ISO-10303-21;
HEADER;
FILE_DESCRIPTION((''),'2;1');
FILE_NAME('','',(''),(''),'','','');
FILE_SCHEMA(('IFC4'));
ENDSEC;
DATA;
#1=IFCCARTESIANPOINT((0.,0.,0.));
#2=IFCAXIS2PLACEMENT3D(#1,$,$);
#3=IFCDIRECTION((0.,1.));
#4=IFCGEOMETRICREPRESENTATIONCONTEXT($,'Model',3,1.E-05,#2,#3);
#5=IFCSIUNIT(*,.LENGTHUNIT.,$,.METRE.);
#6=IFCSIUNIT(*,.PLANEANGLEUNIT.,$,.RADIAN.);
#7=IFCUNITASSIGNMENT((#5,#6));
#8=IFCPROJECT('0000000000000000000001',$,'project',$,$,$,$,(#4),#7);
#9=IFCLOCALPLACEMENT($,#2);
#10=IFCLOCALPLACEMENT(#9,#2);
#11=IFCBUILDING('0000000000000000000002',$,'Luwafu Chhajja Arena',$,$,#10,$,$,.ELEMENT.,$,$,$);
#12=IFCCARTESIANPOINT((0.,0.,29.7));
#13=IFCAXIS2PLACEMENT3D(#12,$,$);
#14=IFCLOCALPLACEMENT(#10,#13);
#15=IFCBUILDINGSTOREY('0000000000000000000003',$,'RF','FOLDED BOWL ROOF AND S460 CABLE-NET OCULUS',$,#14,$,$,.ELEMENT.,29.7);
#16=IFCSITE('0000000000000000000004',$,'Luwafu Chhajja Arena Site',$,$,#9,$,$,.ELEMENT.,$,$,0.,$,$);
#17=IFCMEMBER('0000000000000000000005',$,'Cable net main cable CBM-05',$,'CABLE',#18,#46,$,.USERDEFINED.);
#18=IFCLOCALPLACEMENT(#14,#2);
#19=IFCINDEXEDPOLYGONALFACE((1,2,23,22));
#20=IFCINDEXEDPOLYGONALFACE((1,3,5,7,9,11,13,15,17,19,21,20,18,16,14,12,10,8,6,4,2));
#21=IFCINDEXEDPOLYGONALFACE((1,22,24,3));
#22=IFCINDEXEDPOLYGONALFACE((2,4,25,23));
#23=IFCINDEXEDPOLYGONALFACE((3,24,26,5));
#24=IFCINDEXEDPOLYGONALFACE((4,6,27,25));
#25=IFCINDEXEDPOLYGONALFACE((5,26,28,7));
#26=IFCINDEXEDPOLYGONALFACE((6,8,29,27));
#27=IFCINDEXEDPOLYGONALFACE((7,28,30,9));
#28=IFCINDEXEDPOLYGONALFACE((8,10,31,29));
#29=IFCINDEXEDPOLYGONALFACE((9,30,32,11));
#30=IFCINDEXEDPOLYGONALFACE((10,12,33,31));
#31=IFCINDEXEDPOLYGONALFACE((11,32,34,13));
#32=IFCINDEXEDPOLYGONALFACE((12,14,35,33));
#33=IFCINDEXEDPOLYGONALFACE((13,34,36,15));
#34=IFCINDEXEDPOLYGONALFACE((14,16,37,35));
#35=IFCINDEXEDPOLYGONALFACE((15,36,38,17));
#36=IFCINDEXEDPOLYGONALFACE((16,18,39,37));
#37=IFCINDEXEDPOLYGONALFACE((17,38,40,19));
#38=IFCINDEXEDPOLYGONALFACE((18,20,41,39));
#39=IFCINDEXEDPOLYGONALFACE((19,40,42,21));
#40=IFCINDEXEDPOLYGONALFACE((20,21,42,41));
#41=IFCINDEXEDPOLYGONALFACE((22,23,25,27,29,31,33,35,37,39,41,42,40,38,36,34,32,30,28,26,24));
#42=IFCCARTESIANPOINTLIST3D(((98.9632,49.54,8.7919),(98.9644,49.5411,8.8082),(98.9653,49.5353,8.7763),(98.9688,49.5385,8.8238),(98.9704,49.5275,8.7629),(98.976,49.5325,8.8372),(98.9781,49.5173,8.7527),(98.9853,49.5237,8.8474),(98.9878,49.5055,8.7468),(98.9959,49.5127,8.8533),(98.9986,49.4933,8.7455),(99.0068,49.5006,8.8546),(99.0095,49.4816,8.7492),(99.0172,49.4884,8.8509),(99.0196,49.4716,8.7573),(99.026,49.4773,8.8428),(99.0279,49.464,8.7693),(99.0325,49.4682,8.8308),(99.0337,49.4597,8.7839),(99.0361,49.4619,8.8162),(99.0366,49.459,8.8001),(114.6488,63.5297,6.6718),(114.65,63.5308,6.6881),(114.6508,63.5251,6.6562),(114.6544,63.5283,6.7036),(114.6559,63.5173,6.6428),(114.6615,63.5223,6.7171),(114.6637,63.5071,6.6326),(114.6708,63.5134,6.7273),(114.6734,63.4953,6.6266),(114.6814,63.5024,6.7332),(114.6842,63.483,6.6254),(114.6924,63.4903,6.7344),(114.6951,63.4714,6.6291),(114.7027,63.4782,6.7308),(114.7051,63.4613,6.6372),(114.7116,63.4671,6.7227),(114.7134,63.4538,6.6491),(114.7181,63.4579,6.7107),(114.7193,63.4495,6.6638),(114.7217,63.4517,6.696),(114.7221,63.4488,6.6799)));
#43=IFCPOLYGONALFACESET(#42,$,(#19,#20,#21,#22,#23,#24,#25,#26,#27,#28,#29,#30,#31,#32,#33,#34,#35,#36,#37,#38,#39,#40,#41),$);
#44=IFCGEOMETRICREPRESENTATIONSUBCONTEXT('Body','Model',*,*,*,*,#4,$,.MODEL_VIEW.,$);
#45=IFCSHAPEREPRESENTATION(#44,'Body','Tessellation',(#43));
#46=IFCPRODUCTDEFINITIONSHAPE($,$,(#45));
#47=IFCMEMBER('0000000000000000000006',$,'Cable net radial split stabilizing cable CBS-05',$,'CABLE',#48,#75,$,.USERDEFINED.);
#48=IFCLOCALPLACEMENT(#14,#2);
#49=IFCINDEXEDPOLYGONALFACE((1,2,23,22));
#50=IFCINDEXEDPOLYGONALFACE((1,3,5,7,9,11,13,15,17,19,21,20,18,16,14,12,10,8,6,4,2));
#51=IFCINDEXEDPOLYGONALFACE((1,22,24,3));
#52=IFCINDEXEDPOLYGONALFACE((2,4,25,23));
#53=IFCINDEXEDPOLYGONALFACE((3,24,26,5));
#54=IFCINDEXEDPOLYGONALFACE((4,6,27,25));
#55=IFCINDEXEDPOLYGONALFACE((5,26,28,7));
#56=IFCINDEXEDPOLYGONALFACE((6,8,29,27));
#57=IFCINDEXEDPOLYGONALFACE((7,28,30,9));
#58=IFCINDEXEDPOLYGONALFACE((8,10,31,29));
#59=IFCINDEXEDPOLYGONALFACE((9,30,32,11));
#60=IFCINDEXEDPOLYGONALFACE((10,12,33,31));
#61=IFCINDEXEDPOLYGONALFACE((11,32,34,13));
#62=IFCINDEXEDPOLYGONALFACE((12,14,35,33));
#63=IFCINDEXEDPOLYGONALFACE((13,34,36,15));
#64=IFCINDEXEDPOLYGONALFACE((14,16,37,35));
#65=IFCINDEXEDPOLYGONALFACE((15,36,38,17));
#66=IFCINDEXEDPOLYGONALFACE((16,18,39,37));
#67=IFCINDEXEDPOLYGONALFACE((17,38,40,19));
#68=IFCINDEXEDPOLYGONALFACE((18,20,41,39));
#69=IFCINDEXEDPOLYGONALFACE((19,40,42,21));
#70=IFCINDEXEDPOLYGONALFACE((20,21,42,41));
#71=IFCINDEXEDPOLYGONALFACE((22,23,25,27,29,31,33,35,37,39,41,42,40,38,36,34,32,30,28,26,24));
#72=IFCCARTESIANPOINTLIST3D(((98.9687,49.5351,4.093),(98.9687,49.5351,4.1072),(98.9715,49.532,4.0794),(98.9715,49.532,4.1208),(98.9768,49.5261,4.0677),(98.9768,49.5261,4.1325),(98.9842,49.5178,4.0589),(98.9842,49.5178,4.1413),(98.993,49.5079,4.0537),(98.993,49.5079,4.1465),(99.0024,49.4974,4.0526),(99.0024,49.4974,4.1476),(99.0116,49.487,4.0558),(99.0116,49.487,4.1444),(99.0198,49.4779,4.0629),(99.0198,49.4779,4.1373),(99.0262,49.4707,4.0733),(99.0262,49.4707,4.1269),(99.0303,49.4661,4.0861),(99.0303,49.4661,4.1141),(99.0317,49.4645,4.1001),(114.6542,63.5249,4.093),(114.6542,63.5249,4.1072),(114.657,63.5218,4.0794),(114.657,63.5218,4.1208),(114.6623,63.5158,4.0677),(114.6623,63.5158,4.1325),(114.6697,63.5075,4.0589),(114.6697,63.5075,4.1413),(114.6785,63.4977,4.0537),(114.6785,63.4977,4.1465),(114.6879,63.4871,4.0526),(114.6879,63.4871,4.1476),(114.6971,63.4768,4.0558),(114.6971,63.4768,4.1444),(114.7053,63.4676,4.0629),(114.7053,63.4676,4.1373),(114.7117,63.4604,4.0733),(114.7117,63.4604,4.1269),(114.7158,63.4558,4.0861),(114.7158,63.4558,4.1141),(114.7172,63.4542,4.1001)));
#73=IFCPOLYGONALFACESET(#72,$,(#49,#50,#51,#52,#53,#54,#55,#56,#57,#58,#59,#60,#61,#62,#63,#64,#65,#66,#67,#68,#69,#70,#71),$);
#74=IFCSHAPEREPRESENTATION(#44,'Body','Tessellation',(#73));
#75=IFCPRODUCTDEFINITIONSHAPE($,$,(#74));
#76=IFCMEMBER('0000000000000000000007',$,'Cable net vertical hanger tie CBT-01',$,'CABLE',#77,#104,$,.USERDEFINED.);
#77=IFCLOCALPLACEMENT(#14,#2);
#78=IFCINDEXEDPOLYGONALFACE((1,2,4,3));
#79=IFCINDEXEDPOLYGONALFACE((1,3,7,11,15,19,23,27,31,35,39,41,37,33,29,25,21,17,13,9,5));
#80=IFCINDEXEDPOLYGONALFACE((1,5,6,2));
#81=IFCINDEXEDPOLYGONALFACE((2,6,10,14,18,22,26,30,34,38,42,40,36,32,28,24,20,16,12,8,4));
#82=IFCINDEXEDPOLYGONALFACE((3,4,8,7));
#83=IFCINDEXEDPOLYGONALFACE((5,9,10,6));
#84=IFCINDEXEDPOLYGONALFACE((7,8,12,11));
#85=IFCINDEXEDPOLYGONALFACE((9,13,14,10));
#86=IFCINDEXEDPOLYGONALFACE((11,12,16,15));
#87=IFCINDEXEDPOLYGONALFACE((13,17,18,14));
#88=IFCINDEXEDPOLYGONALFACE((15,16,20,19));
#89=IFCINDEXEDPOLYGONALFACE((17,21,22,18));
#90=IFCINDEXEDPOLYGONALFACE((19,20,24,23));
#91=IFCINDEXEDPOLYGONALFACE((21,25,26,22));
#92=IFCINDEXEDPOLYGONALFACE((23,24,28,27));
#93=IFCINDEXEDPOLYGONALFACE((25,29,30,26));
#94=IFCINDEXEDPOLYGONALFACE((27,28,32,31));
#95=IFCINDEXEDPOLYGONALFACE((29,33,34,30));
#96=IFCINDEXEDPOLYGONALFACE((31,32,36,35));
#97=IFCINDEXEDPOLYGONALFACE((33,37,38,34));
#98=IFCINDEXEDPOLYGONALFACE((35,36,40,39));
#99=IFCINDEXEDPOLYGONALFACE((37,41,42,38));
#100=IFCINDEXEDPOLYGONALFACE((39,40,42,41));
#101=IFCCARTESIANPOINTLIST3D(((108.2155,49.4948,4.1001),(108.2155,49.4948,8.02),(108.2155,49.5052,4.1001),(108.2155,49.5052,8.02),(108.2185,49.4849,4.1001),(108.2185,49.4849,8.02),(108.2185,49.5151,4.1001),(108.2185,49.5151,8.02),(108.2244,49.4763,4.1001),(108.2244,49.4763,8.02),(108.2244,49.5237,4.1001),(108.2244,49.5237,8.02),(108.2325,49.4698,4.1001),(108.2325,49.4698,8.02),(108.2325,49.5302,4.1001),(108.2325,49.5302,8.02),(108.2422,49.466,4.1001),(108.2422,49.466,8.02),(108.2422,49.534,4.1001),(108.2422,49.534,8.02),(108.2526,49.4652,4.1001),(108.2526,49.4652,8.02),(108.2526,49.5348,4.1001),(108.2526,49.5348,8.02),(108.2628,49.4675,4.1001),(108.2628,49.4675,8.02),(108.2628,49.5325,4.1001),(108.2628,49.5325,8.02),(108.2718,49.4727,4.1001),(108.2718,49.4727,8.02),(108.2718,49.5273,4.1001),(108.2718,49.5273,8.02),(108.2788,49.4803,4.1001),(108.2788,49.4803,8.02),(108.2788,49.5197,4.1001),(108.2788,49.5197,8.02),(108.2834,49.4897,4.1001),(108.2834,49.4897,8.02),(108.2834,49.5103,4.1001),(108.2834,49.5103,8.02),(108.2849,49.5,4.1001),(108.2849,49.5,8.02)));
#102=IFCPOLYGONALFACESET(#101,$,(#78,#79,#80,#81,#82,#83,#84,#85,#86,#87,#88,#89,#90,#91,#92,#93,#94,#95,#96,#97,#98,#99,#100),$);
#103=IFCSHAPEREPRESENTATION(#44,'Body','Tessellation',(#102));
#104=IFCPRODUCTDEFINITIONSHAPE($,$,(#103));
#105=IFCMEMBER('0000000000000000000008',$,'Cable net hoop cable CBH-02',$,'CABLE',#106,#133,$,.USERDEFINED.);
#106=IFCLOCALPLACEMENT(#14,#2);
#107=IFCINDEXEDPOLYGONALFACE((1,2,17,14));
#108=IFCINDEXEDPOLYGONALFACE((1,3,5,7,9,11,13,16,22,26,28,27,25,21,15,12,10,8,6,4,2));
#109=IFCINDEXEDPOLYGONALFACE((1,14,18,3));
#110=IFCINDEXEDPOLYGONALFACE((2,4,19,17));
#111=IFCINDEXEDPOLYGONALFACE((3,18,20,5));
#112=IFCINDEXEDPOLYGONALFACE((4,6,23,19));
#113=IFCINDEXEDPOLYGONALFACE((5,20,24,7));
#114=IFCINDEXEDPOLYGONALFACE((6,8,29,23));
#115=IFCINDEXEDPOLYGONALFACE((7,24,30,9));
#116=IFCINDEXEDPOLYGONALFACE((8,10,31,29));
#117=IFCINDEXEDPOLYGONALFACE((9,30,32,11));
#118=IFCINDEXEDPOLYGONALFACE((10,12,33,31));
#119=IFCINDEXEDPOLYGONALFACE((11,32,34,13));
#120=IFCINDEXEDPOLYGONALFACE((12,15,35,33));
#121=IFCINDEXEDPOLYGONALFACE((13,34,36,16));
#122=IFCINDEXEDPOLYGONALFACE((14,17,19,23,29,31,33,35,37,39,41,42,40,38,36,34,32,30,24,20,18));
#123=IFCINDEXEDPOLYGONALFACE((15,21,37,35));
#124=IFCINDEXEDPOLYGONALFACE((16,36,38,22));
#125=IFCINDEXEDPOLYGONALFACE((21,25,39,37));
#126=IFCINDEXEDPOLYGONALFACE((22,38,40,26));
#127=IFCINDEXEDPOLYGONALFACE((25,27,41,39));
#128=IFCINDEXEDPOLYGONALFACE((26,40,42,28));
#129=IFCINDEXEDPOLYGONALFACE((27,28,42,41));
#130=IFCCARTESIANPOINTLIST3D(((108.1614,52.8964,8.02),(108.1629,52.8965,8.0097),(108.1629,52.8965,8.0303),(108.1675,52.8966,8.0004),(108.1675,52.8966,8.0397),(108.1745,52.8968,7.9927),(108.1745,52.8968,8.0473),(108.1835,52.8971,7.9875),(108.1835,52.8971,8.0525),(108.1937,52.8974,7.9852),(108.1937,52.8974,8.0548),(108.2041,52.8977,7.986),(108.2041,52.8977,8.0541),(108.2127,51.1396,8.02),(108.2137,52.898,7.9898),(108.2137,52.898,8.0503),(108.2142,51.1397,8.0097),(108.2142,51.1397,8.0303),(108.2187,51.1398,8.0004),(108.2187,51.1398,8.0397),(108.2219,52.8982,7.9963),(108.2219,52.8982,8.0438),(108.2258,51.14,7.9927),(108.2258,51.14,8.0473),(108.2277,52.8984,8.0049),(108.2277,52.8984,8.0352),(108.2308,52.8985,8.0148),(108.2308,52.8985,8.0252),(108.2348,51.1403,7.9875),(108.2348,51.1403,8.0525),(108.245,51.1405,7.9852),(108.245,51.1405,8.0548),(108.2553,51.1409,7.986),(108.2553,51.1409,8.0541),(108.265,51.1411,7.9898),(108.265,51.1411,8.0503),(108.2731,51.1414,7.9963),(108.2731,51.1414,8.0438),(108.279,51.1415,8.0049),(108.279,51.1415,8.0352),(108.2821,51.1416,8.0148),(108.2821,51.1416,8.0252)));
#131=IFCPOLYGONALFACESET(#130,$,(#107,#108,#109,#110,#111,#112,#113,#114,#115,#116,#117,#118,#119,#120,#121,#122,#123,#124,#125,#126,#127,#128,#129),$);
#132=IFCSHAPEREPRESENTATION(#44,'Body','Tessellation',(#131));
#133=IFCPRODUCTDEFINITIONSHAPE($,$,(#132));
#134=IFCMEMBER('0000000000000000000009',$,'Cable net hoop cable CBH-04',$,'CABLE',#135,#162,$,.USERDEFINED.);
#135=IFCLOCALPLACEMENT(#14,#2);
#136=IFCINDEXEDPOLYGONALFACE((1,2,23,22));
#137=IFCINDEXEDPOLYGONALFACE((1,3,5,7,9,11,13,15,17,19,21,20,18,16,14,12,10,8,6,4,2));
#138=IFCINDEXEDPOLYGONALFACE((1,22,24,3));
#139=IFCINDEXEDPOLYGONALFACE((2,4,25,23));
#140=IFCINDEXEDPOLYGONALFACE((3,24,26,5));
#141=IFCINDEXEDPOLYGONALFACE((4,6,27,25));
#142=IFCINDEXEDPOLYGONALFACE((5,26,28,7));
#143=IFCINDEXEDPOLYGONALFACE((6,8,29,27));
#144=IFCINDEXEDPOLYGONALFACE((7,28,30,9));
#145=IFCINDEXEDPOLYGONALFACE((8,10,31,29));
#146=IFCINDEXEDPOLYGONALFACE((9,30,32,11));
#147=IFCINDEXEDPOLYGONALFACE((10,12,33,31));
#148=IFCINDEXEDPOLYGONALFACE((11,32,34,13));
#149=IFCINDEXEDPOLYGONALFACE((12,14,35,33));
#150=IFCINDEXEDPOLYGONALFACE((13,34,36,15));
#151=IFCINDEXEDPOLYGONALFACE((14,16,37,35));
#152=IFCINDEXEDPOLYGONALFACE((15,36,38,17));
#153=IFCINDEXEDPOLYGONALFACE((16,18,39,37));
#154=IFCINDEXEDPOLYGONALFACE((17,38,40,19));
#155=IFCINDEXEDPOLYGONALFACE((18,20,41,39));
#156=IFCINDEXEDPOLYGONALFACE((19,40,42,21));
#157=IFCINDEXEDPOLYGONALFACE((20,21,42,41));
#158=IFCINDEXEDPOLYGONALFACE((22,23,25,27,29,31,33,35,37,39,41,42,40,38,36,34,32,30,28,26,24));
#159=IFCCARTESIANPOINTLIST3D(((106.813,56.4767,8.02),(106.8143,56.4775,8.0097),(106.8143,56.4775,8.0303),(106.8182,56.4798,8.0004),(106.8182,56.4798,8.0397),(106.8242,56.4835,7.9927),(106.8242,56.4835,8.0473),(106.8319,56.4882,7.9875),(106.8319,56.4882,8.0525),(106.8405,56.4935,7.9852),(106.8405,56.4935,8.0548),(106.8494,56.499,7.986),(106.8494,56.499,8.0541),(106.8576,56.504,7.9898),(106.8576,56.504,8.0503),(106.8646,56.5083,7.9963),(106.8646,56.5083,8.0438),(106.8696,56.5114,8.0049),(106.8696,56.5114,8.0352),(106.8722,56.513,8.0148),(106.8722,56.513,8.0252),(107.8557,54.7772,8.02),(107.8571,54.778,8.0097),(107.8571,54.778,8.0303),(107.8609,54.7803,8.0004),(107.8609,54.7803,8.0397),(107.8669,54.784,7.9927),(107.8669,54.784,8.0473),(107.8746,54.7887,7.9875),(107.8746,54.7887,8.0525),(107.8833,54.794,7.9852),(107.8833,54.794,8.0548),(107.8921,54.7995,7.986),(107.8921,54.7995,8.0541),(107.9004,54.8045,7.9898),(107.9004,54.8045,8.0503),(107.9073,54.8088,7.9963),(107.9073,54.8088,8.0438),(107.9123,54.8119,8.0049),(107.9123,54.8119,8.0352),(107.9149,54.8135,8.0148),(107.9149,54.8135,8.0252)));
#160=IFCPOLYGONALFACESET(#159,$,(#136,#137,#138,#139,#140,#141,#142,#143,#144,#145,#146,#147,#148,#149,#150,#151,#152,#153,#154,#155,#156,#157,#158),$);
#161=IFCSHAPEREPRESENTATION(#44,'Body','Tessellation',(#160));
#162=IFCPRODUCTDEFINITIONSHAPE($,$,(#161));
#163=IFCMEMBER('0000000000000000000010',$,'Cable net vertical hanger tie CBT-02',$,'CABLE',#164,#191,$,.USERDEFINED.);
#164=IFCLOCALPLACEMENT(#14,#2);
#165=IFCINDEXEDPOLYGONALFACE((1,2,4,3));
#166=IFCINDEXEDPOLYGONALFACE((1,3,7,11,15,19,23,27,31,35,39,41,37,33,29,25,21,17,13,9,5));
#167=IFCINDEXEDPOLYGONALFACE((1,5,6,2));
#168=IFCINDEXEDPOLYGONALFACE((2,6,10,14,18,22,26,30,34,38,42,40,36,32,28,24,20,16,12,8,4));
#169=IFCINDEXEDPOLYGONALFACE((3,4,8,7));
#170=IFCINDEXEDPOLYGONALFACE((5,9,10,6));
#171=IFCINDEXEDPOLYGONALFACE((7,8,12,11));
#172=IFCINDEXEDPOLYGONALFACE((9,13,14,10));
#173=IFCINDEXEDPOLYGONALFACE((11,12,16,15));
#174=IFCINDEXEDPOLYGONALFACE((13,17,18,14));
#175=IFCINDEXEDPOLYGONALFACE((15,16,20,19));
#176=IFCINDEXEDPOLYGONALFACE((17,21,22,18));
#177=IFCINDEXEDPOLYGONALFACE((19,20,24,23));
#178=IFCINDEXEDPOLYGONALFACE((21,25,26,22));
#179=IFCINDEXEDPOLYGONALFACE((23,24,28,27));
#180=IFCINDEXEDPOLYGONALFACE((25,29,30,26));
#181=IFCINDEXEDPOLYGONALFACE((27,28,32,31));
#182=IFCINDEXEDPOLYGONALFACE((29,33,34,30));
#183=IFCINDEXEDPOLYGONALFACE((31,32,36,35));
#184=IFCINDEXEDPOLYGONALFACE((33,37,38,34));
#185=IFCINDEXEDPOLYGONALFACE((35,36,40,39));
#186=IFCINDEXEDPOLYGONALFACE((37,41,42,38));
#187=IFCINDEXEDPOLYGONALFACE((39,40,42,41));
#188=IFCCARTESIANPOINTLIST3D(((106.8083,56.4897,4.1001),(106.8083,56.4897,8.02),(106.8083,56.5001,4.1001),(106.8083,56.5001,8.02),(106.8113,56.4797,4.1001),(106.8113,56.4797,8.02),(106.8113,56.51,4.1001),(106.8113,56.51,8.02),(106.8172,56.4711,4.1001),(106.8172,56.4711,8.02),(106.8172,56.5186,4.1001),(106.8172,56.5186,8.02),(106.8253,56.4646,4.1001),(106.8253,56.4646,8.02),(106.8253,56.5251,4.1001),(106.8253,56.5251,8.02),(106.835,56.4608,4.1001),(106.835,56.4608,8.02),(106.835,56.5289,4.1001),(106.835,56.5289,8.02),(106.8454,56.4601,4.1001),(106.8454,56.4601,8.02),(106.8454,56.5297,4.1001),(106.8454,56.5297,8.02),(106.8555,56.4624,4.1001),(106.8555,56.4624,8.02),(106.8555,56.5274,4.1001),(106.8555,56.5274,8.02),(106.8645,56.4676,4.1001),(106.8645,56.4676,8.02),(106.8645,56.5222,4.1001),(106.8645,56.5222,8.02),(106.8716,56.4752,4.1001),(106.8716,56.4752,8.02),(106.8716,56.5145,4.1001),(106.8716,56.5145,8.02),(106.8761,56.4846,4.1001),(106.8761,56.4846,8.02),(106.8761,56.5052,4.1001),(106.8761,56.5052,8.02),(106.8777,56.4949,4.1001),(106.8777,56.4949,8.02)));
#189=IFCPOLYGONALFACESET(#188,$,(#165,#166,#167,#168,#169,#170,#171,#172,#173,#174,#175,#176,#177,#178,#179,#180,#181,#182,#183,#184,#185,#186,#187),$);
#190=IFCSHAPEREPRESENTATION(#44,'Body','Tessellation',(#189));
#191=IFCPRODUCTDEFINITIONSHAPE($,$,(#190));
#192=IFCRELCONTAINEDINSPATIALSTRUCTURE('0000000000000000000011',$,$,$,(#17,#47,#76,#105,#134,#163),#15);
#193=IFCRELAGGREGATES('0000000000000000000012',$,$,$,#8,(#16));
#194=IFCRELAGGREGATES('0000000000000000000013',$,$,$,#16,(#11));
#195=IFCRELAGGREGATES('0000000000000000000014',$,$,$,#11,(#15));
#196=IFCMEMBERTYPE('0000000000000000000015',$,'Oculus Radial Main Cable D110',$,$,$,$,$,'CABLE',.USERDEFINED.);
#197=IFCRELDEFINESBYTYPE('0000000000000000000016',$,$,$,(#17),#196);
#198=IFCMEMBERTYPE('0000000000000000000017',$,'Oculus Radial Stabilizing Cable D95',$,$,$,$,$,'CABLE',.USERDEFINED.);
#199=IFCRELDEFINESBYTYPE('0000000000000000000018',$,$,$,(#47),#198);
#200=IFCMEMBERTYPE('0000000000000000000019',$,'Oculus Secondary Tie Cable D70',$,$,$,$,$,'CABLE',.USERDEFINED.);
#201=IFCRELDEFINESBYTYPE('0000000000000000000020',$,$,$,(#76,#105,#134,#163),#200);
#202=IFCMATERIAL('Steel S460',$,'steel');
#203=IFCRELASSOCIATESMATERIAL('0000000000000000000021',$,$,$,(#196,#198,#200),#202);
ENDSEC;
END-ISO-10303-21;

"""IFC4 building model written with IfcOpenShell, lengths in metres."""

from ifc_helpers import new_model, si_unit, direction, frame, origin, origin_2d, place, context, subcontext, project, spatial, circle, extrude, material, material_profile, profile_set, type_object, element, save


model = new_model("IFC4")

# Units and contexts
model_context = context("Model", 3, precision=1e-05, world=origin(), true_north=direction((0.0, 1.0)))
body_context = subcontext(model_context, "Body", "Model", "MODEL_VIEW")
ifc_project = project(units=[si_unit("LENGTHUNIT", "METRE"), si_unit("PLANEANGLEUNIT", "RADIAN")], contexts=[model_context])

# Site, building, storey
site_placement = place(None, origin())
site = spatial("IfcSite", under=ifc_project, at=site_placement, Name="Luwafu Chhajja Arena Site", CompositionType="ELEMENT", RefElevation=0.0)
building_placement = place(site_placement, origin())
building = spatial("IfcBuilding", under=site, at=building_placement, Name="Luwafu Chhajja Arena", CompositionType="ELEMENT")
storey_placement = place(building_placement, frame((0.0, 0.0, 29.7)))
storey = spatial("IfcBuildingStorey", under=building, at=storey_placement, Name="RF", Description="FOLDED BOWL ROOF AND S460 CABLE-NET OCULUS", CompositionType="ELEMENT", Elevation=29.7)

# Members
ifc_material_1 = material(Name="Steel S460", Category="steel")
ifc_material_profile_1 = material_profile(ifc_material_1, circle(Radius=0.0549, at=origin_2d()), Name="CABLE D110")
ifc_profile_set_1 = profile_set([ifc_material_profile_1], Name="Steel S460")
member_type_1 = type_object("IfcMemberType", Name="Oculus Radial Main Cable D110", ElementType="CABLE", PredefinedType="USERDEFINED", material=ifc_profile_set_1)
member_1_placement = place(storey_placement, frame((114.6855, 63.4897, 6.6799), z_axis=(-0.742529, -0.662252, 0.100363), x_axis=(0.665613, -0.746297, 0.0)))
element("IfcMember", 1, at=member_1_placement, inside=storey, type_object=member_type_1, Name="Cable net main cable CBM-05", ObjectType="CABLE", PredefinedType="USERDEFINED", context=body_context, shape_type="SweptSolid", body=[
    extrude(circle(Radius=0.0549, at=origin_2d()), origin(), (0.0, 0.0, 1.0), 21.1245),
])
ifc_material_profile_2 = material_profile(ifc_material_1, circle(Radius=0.0476, at=origin_2d()), Name="CABLE D95")
ifc_profile_set_2 = profile_set([ifc_material_profile_2], Name="Steel S460")
member_type_2 = type_object("IfcMemberType", Name="Oculus Radial Stabilizing Cable D95", ElementType="CABLE", PredefinedType="USERDEFINED", material=ifc_profile_set_2)
member_2_placement = place(storey_placement, frame((114.6855, 63.4897, 4.1001), z_axis=(-0.746297, -0.665613, 0.0), x_axis=(0.665613, -0.746297, 0.0)))
element("IfcMember", 2, at=member_2_placement, inside=storey, type_object=member_type_2, Name="Cable net radial split stabilizing cable CBS-05", ObjectType="CABLE", PredefinedType="USERDEFINED", context=body_context, shape_type="SweptSolid", body=[
    extrude(circle(Radius=0.0476, at=origin_2d()), origin(), (0.0, 0.0, 1.0), 21.0178),
])
ifc_material_profile_3 = material_profile(ifc_material_1, circle(Radius=0.0349, at=origin_2d()), Name="CABLE D70")
ifc_profile_set_3 = profile_set([ifc_material_profile_3], Name="Steel S460")
member_type_3 = type_object("IfcMemberType", Name="Oculus Secondary Tie Cable D70", ElementType="CABLE", PredefinedType="USERDEFINED", material=ifc_profile_set_3)
member_3_placement = place(storey_placement, frame((108.25, 49.5, 4.1001), z_axis=(0.0, 0.0, 1.0), x_axis=(1.0, 0.0, 0.0)))
element("IfcMember", 3, at=member_3_placement, inside=storey, type_object=member_type_3, Name="Cable net vertical hanger tie CBT-01", ObjectType="CABLE", PredefinedType="USERDEFINED", context=body_context, shape_type="SweptSolid", body=[
    extrude(circle(Radius=0.0349, at=origin_2d()), origin(), (0.0, 0.0, 1.0), 3.9199),
])
member_4_placement = place(storey_placement, frame((108.2476, 51.1406, 8.02), z_axis=(-0.02917, 0.999574, 0.0), x_axis=(-0.999574, -0.02917, 0.0)))
element("IfcMember", 4, at=member_4_placement, inside=storey, type_object=member_type_3, Name="Cable net hoop cable CBH-02", ObjectType="CABLE", PredefinedType="USERDEFINED", context=body_context, shape_type="SweptSolid", body=[
    extrude(circle(Radius=0.0349, at=origin_2d()), origin(), (0.0, 0.0, 1.0), 1.7576),
])
member_5_placement = place(storey_placement, frame((107.8855, 54.7954, 8.02), z_axis=(-0.52297, 0.852351, 0.0), x_axis=(-0.852351, -0.52297, 0.0)))
element("IfcMember", 5, at=member_5_placement, inside=storey, type_object=member_type_3, Name="Cable net hoop cable CBH-04", ObjectType="CABLE", PredefinedType="USERDEFINED", context=body_context, shape_type="SweptSolid", body=[
    extrude(circle(Radius=0.0349, at=origin_2d()), origin(), (0.0, 0.0, 1.0), 1.9939),
])
member_6_placement = place(storey_placement, frame((106.8428, 56.4949, 4.1001), z_axis=(0.0, 0.0, 1.0), x_axis=(1.0, 0.0, 0.0)))
element("IfcMember", 6, at=member_6_placement, inside=storey, type_object=member_type_3, Name="Cable net vertical hanger tie CBT-02", ObjectType="CABLE", PredefinedType="USERDEFINED", context=body_context, shape_type="SweptSolid", body=[
    extrude(circle(Radius=0.0349, at=origin_2d()), origin(), (0.0, 0.0, 1.0), 3.9199),
])

save(model, "model.ifc")
